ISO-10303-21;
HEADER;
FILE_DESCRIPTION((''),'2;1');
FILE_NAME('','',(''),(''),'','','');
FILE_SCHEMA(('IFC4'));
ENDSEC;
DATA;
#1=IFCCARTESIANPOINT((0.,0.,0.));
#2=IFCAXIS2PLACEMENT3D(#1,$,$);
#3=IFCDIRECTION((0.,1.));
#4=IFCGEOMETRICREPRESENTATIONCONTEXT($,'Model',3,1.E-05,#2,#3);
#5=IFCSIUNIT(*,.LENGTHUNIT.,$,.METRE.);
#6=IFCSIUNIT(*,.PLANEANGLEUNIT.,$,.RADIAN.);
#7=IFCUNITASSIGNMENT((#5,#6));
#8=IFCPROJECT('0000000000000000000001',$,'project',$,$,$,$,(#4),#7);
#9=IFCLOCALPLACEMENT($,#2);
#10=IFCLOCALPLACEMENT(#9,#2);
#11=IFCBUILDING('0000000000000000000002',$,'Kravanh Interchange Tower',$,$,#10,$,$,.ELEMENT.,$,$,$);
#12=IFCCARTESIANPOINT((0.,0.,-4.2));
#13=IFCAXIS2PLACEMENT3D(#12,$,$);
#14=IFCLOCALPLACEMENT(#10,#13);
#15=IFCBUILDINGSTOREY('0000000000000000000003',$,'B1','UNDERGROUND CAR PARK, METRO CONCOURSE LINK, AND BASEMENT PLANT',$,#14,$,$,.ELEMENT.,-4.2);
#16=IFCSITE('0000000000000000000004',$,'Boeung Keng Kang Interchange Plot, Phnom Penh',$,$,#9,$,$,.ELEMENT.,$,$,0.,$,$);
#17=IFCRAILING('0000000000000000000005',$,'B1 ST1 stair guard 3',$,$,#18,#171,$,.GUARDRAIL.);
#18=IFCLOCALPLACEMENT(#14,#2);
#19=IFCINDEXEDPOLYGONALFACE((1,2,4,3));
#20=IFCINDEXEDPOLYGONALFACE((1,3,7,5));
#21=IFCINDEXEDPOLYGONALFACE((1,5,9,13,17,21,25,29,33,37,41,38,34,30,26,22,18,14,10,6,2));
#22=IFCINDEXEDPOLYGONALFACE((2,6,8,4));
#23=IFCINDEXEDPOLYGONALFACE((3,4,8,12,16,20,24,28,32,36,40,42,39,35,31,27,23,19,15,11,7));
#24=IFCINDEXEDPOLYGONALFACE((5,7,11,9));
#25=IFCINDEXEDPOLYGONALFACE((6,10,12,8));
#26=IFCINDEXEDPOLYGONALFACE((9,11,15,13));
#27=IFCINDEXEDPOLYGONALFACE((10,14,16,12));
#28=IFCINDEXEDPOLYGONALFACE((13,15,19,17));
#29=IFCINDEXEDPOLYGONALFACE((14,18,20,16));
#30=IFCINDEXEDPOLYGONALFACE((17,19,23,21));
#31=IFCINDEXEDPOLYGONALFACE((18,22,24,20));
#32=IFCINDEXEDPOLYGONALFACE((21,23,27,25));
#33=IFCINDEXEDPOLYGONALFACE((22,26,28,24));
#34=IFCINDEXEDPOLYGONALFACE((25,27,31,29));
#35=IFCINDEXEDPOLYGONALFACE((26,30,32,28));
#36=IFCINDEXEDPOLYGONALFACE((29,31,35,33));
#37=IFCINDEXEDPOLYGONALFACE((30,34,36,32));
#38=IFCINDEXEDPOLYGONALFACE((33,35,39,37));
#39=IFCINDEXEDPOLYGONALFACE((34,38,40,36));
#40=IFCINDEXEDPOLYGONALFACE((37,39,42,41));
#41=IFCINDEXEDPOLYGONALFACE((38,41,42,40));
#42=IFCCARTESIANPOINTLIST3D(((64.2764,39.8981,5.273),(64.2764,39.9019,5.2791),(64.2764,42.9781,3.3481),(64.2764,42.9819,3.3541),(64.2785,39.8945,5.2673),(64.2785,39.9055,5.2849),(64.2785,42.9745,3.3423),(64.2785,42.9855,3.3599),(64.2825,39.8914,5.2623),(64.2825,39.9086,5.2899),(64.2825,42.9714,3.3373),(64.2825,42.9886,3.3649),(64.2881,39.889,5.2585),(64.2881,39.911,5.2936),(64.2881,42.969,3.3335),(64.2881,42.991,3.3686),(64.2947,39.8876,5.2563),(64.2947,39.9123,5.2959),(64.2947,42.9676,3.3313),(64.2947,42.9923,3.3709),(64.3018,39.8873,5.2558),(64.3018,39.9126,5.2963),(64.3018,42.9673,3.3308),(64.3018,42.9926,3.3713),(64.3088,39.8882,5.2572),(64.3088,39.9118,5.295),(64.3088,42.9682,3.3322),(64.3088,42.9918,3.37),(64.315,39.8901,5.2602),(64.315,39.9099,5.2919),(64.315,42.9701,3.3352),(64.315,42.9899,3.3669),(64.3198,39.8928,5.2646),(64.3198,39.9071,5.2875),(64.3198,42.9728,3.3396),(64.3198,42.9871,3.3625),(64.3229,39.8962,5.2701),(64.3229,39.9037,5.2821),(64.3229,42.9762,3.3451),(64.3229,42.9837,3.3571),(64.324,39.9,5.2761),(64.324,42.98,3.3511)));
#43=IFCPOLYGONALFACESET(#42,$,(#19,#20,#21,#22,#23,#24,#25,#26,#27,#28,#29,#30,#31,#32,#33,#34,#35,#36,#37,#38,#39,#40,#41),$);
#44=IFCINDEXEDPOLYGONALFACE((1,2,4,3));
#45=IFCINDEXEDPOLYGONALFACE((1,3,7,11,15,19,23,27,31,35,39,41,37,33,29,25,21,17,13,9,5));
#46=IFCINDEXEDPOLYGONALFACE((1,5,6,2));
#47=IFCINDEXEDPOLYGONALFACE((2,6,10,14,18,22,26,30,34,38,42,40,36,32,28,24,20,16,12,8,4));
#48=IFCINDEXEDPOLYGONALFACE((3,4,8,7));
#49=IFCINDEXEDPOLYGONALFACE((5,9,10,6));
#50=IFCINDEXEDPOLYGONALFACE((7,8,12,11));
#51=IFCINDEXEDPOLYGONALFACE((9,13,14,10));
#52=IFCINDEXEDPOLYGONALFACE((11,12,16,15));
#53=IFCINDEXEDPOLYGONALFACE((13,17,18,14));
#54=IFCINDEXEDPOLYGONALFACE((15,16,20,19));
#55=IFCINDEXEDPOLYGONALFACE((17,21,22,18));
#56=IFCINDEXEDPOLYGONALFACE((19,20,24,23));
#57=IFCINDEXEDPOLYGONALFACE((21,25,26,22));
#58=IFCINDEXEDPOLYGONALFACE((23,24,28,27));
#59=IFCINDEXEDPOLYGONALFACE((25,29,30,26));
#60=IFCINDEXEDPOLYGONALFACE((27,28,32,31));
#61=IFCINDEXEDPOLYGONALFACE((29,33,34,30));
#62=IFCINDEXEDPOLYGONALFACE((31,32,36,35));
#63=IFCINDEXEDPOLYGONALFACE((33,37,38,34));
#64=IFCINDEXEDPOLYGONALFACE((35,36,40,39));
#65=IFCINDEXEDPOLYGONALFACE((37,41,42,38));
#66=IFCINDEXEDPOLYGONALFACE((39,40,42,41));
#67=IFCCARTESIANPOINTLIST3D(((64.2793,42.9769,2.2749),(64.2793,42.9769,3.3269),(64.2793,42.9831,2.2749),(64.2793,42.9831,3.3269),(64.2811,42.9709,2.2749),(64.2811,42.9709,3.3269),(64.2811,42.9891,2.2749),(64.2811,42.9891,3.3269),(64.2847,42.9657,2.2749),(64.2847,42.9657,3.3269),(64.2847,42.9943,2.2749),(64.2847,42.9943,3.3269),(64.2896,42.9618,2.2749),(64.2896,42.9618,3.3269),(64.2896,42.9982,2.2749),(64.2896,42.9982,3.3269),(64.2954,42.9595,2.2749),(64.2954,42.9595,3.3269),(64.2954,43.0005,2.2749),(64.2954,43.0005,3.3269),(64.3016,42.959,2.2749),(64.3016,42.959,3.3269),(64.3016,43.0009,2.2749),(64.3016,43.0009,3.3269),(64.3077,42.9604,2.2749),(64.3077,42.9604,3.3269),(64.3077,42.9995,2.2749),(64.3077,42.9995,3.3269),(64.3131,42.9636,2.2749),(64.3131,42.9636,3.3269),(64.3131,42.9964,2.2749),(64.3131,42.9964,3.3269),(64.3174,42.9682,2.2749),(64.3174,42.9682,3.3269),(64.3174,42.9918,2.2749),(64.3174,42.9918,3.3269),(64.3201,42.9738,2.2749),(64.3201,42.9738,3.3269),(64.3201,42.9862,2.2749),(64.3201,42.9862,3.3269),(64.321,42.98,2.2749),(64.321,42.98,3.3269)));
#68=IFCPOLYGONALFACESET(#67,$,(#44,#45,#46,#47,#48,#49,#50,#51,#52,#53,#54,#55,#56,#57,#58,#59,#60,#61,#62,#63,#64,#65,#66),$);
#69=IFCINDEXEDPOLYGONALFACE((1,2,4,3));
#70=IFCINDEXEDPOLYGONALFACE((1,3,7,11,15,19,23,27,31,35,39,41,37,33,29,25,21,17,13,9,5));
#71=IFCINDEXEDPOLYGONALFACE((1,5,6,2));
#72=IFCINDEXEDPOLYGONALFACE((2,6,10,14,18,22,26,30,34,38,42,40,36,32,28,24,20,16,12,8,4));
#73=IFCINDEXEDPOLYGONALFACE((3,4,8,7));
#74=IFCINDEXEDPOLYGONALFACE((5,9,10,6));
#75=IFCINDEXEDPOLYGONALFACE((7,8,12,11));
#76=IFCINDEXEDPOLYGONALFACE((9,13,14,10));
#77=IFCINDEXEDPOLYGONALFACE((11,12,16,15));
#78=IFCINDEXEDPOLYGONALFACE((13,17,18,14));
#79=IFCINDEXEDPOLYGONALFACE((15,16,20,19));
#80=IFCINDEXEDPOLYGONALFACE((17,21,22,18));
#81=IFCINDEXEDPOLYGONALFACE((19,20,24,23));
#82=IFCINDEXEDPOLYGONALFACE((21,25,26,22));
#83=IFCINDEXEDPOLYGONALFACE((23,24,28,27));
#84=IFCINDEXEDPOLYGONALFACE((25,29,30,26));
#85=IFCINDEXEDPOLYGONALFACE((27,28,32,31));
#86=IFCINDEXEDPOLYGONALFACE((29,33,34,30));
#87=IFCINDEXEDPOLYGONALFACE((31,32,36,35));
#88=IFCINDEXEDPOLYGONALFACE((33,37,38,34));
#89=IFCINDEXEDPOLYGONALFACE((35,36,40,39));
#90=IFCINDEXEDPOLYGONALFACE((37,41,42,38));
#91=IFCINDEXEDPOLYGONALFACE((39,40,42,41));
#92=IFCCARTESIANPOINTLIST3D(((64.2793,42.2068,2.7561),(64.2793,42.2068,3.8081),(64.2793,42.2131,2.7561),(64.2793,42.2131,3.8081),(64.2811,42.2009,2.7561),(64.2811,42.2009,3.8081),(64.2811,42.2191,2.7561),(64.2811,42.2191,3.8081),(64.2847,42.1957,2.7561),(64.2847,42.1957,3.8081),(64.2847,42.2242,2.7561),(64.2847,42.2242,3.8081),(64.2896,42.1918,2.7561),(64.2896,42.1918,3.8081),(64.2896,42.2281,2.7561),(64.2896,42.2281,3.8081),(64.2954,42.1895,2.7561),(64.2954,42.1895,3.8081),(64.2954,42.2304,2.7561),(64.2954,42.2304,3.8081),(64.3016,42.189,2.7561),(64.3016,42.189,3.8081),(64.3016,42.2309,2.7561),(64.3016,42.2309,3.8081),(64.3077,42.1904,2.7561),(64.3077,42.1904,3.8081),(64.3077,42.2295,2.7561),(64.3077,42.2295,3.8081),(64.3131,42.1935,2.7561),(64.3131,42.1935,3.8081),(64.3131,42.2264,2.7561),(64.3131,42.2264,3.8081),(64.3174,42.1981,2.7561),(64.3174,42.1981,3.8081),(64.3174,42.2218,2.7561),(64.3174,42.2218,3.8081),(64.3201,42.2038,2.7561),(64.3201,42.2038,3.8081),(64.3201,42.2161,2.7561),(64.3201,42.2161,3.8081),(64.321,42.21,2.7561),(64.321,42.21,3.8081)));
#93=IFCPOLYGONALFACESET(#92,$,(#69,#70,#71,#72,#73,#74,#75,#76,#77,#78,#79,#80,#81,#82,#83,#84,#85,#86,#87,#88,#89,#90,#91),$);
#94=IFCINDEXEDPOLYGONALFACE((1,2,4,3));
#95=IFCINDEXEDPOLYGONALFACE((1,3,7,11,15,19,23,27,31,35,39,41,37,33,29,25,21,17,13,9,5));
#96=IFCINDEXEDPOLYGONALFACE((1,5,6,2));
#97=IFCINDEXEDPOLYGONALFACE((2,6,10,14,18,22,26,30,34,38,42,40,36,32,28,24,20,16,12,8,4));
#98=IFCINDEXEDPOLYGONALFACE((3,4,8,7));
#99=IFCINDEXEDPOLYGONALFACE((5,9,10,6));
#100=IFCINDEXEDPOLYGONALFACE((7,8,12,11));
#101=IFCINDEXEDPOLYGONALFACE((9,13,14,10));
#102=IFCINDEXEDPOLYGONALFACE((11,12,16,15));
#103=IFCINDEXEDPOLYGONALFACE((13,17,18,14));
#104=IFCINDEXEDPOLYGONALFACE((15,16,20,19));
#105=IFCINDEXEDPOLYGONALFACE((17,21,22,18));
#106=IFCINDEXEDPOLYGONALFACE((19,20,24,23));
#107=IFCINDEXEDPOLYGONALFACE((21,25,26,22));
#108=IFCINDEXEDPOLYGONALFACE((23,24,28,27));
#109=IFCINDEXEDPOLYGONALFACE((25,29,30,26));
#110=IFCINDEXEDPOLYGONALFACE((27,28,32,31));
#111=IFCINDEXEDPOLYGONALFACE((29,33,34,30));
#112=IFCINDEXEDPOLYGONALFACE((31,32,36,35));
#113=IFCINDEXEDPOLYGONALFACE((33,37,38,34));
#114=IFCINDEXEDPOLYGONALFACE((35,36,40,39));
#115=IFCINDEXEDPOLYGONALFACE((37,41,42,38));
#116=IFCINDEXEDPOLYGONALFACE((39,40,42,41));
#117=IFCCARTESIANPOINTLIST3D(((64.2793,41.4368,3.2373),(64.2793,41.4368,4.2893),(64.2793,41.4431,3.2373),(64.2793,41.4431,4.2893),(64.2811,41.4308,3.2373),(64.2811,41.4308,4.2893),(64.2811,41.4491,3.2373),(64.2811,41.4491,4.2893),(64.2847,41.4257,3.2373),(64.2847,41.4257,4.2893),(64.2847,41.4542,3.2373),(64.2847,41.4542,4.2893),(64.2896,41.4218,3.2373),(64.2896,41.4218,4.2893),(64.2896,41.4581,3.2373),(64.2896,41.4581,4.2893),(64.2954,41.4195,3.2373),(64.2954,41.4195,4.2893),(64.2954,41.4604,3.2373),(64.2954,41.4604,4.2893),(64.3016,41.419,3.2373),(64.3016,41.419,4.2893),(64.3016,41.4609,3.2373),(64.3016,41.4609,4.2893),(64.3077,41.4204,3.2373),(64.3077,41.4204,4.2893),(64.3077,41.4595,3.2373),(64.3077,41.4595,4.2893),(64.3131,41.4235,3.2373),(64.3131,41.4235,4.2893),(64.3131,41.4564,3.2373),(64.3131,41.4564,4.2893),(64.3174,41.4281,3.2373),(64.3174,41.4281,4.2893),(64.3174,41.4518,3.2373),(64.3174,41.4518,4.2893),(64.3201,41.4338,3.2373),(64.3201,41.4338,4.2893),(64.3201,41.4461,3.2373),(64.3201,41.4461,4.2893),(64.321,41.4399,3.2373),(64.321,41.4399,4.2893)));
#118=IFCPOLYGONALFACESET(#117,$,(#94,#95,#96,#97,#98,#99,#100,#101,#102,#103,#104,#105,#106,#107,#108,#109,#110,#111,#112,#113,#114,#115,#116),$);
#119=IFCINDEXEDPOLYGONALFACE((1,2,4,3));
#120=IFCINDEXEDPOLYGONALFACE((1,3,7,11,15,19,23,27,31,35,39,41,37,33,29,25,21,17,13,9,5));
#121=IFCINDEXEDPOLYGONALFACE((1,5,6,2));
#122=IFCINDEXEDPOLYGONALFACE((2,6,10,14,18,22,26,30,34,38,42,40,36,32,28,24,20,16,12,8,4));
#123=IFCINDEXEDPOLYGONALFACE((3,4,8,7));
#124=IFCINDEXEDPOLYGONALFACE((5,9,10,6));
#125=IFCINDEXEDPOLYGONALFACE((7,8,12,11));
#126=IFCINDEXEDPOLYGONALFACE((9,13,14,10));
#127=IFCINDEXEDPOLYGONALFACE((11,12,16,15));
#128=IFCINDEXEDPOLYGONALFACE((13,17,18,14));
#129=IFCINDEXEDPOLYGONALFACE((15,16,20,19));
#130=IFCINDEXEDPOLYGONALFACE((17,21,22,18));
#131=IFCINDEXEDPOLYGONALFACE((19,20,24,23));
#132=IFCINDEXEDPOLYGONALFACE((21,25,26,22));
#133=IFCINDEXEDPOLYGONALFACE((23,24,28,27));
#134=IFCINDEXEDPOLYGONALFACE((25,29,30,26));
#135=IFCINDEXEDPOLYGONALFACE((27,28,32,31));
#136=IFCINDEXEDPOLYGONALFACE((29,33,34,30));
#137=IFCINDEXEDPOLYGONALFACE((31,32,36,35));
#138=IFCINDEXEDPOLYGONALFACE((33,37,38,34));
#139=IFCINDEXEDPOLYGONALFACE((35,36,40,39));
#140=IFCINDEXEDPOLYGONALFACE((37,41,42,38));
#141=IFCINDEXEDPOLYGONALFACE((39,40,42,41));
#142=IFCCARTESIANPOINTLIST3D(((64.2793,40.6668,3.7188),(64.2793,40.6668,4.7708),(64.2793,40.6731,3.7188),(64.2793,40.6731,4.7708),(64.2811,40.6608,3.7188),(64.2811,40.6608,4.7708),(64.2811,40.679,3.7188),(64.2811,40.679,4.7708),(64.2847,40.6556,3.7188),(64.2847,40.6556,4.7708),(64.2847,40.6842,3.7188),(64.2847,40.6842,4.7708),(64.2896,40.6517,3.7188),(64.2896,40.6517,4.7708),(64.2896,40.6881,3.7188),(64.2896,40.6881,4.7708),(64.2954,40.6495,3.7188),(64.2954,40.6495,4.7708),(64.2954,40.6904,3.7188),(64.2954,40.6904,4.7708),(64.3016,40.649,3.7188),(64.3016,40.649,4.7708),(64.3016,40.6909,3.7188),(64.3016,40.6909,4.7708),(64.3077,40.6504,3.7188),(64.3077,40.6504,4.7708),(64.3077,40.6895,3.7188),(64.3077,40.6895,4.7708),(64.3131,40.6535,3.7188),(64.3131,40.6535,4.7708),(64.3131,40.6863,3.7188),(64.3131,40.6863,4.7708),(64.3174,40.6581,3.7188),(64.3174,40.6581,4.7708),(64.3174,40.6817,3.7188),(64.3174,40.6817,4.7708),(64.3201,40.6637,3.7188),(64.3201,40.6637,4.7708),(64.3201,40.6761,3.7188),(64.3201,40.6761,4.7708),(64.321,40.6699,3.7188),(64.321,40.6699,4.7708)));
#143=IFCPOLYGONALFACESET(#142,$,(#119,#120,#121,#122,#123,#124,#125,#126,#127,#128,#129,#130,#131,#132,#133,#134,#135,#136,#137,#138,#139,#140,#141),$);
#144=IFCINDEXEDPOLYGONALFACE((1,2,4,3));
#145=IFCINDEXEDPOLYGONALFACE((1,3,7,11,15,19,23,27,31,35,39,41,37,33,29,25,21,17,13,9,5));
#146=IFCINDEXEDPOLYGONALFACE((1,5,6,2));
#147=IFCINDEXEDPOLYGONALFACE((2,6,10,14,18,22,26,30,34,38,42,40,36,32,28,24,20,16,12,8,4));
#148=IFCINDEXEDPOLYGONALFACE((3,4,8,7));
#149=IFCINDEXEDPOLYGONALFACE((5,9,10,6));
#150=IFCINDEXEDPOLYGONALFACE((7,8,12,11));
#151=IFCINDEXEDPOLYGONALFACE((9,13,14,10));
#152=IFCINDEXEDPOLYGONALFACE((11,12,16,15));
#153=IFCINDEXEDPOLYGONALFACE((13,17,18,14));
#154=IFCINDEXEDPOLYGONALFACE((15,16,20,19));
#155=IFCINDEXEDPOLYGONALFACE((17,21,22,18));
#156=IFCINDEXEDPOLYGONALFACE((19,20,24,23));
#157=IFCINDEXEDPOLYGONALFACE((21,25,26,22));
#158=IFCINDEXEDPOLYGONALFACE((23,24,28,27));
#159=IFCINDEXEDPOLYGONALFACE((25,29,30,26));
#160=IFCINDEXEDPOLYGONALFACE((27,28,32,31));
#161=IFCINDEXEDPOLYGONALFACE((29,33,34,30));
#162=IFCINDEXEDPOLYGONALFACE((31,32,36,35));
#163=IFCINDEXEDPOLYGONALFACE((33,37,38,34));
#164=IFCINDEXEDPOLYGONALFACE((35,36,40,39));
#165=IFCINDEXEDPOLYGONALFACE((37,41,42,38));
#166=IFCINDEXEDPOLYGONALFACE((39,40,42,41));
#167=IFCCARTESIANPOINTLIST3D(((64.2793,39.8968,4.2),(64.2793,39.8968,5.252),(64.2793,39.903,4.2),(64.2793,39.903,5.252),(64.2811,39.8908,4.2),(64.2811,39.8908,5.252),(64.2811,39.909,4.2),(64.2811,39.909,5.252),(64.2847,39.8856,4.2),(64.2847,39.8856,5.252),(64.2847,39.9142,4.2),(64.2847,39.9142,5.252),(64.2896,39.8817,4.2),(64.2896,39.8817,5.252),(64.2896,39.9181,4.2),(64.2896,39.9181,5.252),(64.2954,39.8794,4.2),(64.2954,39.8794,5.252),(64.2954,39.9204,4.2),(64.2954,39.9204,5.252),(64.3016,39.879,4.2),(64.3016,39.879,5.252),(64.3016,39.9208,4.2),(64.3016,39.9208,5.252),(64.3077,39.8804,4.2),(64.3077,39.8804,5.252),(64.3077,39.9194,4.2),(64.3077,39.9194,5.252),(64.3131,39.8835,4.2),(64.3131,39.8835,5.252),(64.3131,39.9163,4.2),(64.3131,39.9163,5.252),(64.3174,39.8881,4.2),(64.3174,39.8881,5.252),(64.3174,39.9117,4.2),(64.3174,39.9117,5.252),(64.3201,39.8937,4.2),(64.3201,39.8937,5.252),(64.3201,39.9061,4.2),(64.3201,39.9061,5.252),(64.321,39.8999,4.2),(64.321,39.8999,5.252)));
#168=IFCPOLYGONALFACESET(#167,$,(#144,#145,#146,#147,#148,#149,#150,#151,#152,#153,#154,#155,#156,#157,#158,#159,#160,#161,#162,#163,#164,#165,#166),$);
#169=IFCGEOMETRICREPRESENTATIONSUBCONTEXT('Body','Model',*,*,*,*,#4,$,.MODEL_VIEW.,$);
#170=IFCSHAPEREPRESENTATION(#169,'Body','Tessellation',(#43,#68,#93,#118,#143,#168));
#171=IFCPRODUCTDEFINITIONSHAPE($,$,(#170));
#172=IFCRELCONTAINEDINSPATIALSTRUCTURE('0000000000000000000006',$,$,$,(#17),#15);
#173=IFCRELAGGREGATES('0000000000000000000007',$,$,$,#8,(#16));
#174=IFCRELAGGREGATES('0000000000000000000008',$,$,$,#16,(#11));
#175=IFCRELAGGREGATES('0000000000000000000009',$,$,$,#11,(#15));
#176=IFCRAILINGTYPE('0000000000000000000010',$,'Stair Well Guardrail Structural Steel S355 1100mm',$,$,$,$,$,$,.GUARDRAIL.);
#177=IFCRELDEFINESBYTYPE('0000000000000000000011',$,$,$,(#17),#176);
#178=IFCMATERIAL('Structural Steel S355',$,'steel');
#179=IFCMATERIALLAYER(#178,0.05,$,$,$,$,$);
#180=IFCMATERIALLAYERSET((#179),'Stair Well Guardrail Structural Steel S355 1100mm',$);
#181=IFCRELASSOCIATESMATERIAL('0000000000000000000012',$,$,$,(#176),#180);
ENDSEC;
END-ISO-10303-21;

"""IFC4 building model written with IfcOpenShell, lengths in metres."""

from ifc_helpers import new_model, si_unit, direction, frame, origin, origin_2d, place, context, subcontext, project, spatial, circle, extrude, material, layer, layer_set, type_object, element, save


model = new_model("IFC4")

# Units and contexts
model_context = context("Model", 3, precision=1e-05, world=origin(), true_north=direction((0.0, 1.0)))
body_context = subcontext(model_context, "Body", "Model", "MODEL_VIEW")
ifc_project = project(units=[si_unit("LENGTHUNIT", "METRE"), si_unit("PLANEANGLEUNIT", "RADIAN")], contexts=[model_context])

# Site, building, storey
site_placement = place(None, origin())
site = spatial("IfcSite", under=ifc_project, at=site_placement, Name="Boeung Keng Kang Interchange Plot, Phnom Penh", CompositionType="ELEMENT", RefElevation=0.0)
building_placement = place(site_placement, origin())
building = spatial("IfcBuilding", under=site, at=building_placement, Name="Kravanh Interchange Tower", CompositionType="ELEMENT")
storey_placement = place(building_placement, frame((0.0, 0.0, -4.2)))
storey = spatial("IfcBuildingStorey", under=building, at=storey_placement, Name="B1", Description="UNDERGROUND CAR PARK, METRO CONCOURSE LINK, AND BASEMENT PLANT", CompositionType="ELEMENT", Elevation=-4.2)

# Railing
ifc_material_1 = material(Name="Structural Steel S355", Category="steel")
ifc_layer_1 = layer(ifc_material_1, 0.05)
ifc_layer_set_1 = layer_set([ifc_layer_1], Name="Stair Well Guardrail Structural Steel S355 1100mm")
railing_type_1 = type_object("IfcRailingType", Name="Stair Well Guardrail Structural Steel S355 1100mm", PredefinedType="GUARDRAIL", material=ifc_layer_set_1)
railing_1_placement = place(storey_placement, frame((64.3, 42.98, 2.2749)))
element("IfcRailing", 1, at=railing_1_placement, inside=storey, type_object=railing_type_1, Name="B1 ST1 stair guard 3", PredefinedType="GUARDRAIL", context=body_context, shape_type="SweptSolid", body=[
    extrude(circle(Radius=0.0239, at=origin_2d()), frame((0.0, 0.0, 1.0762), z_axis=(0.0, -0.847998, 0.529999), x_axis=(1.0, 0.0, 0.0)), (0.0, 0.0, 1.0), 3.6321),
    extrude(circle(Radius=0.021, at=origin_2d()), origin(), (0.0, 0.0, 1.0), 1.052),
    extrude(circle(Radius=0.021, at=origin_2d()), frame((0.0, -0.77, 0.4812)), (0.0, 0.0, 1.0), 1.052),
    extrude(circle(Radius=0.021, at=origin_2d()), frame((0.0, -1.54, 0.9624)), (0.0, 0.0, 1.0), 1.052),
    extrude(circle(Radius=0.021, at=origin_2d()), frame((0.0, -2.3101, 1.4438)), (0.0, 0.0, 1.0), 1.052),
    extrude(circle(Radius=0.021, at=origin_2d()), frame((0.0, -3.0801, 1.925)), (0.0, 0.0, 1.0), 1.052),
])

save(model, "model.ifc")
